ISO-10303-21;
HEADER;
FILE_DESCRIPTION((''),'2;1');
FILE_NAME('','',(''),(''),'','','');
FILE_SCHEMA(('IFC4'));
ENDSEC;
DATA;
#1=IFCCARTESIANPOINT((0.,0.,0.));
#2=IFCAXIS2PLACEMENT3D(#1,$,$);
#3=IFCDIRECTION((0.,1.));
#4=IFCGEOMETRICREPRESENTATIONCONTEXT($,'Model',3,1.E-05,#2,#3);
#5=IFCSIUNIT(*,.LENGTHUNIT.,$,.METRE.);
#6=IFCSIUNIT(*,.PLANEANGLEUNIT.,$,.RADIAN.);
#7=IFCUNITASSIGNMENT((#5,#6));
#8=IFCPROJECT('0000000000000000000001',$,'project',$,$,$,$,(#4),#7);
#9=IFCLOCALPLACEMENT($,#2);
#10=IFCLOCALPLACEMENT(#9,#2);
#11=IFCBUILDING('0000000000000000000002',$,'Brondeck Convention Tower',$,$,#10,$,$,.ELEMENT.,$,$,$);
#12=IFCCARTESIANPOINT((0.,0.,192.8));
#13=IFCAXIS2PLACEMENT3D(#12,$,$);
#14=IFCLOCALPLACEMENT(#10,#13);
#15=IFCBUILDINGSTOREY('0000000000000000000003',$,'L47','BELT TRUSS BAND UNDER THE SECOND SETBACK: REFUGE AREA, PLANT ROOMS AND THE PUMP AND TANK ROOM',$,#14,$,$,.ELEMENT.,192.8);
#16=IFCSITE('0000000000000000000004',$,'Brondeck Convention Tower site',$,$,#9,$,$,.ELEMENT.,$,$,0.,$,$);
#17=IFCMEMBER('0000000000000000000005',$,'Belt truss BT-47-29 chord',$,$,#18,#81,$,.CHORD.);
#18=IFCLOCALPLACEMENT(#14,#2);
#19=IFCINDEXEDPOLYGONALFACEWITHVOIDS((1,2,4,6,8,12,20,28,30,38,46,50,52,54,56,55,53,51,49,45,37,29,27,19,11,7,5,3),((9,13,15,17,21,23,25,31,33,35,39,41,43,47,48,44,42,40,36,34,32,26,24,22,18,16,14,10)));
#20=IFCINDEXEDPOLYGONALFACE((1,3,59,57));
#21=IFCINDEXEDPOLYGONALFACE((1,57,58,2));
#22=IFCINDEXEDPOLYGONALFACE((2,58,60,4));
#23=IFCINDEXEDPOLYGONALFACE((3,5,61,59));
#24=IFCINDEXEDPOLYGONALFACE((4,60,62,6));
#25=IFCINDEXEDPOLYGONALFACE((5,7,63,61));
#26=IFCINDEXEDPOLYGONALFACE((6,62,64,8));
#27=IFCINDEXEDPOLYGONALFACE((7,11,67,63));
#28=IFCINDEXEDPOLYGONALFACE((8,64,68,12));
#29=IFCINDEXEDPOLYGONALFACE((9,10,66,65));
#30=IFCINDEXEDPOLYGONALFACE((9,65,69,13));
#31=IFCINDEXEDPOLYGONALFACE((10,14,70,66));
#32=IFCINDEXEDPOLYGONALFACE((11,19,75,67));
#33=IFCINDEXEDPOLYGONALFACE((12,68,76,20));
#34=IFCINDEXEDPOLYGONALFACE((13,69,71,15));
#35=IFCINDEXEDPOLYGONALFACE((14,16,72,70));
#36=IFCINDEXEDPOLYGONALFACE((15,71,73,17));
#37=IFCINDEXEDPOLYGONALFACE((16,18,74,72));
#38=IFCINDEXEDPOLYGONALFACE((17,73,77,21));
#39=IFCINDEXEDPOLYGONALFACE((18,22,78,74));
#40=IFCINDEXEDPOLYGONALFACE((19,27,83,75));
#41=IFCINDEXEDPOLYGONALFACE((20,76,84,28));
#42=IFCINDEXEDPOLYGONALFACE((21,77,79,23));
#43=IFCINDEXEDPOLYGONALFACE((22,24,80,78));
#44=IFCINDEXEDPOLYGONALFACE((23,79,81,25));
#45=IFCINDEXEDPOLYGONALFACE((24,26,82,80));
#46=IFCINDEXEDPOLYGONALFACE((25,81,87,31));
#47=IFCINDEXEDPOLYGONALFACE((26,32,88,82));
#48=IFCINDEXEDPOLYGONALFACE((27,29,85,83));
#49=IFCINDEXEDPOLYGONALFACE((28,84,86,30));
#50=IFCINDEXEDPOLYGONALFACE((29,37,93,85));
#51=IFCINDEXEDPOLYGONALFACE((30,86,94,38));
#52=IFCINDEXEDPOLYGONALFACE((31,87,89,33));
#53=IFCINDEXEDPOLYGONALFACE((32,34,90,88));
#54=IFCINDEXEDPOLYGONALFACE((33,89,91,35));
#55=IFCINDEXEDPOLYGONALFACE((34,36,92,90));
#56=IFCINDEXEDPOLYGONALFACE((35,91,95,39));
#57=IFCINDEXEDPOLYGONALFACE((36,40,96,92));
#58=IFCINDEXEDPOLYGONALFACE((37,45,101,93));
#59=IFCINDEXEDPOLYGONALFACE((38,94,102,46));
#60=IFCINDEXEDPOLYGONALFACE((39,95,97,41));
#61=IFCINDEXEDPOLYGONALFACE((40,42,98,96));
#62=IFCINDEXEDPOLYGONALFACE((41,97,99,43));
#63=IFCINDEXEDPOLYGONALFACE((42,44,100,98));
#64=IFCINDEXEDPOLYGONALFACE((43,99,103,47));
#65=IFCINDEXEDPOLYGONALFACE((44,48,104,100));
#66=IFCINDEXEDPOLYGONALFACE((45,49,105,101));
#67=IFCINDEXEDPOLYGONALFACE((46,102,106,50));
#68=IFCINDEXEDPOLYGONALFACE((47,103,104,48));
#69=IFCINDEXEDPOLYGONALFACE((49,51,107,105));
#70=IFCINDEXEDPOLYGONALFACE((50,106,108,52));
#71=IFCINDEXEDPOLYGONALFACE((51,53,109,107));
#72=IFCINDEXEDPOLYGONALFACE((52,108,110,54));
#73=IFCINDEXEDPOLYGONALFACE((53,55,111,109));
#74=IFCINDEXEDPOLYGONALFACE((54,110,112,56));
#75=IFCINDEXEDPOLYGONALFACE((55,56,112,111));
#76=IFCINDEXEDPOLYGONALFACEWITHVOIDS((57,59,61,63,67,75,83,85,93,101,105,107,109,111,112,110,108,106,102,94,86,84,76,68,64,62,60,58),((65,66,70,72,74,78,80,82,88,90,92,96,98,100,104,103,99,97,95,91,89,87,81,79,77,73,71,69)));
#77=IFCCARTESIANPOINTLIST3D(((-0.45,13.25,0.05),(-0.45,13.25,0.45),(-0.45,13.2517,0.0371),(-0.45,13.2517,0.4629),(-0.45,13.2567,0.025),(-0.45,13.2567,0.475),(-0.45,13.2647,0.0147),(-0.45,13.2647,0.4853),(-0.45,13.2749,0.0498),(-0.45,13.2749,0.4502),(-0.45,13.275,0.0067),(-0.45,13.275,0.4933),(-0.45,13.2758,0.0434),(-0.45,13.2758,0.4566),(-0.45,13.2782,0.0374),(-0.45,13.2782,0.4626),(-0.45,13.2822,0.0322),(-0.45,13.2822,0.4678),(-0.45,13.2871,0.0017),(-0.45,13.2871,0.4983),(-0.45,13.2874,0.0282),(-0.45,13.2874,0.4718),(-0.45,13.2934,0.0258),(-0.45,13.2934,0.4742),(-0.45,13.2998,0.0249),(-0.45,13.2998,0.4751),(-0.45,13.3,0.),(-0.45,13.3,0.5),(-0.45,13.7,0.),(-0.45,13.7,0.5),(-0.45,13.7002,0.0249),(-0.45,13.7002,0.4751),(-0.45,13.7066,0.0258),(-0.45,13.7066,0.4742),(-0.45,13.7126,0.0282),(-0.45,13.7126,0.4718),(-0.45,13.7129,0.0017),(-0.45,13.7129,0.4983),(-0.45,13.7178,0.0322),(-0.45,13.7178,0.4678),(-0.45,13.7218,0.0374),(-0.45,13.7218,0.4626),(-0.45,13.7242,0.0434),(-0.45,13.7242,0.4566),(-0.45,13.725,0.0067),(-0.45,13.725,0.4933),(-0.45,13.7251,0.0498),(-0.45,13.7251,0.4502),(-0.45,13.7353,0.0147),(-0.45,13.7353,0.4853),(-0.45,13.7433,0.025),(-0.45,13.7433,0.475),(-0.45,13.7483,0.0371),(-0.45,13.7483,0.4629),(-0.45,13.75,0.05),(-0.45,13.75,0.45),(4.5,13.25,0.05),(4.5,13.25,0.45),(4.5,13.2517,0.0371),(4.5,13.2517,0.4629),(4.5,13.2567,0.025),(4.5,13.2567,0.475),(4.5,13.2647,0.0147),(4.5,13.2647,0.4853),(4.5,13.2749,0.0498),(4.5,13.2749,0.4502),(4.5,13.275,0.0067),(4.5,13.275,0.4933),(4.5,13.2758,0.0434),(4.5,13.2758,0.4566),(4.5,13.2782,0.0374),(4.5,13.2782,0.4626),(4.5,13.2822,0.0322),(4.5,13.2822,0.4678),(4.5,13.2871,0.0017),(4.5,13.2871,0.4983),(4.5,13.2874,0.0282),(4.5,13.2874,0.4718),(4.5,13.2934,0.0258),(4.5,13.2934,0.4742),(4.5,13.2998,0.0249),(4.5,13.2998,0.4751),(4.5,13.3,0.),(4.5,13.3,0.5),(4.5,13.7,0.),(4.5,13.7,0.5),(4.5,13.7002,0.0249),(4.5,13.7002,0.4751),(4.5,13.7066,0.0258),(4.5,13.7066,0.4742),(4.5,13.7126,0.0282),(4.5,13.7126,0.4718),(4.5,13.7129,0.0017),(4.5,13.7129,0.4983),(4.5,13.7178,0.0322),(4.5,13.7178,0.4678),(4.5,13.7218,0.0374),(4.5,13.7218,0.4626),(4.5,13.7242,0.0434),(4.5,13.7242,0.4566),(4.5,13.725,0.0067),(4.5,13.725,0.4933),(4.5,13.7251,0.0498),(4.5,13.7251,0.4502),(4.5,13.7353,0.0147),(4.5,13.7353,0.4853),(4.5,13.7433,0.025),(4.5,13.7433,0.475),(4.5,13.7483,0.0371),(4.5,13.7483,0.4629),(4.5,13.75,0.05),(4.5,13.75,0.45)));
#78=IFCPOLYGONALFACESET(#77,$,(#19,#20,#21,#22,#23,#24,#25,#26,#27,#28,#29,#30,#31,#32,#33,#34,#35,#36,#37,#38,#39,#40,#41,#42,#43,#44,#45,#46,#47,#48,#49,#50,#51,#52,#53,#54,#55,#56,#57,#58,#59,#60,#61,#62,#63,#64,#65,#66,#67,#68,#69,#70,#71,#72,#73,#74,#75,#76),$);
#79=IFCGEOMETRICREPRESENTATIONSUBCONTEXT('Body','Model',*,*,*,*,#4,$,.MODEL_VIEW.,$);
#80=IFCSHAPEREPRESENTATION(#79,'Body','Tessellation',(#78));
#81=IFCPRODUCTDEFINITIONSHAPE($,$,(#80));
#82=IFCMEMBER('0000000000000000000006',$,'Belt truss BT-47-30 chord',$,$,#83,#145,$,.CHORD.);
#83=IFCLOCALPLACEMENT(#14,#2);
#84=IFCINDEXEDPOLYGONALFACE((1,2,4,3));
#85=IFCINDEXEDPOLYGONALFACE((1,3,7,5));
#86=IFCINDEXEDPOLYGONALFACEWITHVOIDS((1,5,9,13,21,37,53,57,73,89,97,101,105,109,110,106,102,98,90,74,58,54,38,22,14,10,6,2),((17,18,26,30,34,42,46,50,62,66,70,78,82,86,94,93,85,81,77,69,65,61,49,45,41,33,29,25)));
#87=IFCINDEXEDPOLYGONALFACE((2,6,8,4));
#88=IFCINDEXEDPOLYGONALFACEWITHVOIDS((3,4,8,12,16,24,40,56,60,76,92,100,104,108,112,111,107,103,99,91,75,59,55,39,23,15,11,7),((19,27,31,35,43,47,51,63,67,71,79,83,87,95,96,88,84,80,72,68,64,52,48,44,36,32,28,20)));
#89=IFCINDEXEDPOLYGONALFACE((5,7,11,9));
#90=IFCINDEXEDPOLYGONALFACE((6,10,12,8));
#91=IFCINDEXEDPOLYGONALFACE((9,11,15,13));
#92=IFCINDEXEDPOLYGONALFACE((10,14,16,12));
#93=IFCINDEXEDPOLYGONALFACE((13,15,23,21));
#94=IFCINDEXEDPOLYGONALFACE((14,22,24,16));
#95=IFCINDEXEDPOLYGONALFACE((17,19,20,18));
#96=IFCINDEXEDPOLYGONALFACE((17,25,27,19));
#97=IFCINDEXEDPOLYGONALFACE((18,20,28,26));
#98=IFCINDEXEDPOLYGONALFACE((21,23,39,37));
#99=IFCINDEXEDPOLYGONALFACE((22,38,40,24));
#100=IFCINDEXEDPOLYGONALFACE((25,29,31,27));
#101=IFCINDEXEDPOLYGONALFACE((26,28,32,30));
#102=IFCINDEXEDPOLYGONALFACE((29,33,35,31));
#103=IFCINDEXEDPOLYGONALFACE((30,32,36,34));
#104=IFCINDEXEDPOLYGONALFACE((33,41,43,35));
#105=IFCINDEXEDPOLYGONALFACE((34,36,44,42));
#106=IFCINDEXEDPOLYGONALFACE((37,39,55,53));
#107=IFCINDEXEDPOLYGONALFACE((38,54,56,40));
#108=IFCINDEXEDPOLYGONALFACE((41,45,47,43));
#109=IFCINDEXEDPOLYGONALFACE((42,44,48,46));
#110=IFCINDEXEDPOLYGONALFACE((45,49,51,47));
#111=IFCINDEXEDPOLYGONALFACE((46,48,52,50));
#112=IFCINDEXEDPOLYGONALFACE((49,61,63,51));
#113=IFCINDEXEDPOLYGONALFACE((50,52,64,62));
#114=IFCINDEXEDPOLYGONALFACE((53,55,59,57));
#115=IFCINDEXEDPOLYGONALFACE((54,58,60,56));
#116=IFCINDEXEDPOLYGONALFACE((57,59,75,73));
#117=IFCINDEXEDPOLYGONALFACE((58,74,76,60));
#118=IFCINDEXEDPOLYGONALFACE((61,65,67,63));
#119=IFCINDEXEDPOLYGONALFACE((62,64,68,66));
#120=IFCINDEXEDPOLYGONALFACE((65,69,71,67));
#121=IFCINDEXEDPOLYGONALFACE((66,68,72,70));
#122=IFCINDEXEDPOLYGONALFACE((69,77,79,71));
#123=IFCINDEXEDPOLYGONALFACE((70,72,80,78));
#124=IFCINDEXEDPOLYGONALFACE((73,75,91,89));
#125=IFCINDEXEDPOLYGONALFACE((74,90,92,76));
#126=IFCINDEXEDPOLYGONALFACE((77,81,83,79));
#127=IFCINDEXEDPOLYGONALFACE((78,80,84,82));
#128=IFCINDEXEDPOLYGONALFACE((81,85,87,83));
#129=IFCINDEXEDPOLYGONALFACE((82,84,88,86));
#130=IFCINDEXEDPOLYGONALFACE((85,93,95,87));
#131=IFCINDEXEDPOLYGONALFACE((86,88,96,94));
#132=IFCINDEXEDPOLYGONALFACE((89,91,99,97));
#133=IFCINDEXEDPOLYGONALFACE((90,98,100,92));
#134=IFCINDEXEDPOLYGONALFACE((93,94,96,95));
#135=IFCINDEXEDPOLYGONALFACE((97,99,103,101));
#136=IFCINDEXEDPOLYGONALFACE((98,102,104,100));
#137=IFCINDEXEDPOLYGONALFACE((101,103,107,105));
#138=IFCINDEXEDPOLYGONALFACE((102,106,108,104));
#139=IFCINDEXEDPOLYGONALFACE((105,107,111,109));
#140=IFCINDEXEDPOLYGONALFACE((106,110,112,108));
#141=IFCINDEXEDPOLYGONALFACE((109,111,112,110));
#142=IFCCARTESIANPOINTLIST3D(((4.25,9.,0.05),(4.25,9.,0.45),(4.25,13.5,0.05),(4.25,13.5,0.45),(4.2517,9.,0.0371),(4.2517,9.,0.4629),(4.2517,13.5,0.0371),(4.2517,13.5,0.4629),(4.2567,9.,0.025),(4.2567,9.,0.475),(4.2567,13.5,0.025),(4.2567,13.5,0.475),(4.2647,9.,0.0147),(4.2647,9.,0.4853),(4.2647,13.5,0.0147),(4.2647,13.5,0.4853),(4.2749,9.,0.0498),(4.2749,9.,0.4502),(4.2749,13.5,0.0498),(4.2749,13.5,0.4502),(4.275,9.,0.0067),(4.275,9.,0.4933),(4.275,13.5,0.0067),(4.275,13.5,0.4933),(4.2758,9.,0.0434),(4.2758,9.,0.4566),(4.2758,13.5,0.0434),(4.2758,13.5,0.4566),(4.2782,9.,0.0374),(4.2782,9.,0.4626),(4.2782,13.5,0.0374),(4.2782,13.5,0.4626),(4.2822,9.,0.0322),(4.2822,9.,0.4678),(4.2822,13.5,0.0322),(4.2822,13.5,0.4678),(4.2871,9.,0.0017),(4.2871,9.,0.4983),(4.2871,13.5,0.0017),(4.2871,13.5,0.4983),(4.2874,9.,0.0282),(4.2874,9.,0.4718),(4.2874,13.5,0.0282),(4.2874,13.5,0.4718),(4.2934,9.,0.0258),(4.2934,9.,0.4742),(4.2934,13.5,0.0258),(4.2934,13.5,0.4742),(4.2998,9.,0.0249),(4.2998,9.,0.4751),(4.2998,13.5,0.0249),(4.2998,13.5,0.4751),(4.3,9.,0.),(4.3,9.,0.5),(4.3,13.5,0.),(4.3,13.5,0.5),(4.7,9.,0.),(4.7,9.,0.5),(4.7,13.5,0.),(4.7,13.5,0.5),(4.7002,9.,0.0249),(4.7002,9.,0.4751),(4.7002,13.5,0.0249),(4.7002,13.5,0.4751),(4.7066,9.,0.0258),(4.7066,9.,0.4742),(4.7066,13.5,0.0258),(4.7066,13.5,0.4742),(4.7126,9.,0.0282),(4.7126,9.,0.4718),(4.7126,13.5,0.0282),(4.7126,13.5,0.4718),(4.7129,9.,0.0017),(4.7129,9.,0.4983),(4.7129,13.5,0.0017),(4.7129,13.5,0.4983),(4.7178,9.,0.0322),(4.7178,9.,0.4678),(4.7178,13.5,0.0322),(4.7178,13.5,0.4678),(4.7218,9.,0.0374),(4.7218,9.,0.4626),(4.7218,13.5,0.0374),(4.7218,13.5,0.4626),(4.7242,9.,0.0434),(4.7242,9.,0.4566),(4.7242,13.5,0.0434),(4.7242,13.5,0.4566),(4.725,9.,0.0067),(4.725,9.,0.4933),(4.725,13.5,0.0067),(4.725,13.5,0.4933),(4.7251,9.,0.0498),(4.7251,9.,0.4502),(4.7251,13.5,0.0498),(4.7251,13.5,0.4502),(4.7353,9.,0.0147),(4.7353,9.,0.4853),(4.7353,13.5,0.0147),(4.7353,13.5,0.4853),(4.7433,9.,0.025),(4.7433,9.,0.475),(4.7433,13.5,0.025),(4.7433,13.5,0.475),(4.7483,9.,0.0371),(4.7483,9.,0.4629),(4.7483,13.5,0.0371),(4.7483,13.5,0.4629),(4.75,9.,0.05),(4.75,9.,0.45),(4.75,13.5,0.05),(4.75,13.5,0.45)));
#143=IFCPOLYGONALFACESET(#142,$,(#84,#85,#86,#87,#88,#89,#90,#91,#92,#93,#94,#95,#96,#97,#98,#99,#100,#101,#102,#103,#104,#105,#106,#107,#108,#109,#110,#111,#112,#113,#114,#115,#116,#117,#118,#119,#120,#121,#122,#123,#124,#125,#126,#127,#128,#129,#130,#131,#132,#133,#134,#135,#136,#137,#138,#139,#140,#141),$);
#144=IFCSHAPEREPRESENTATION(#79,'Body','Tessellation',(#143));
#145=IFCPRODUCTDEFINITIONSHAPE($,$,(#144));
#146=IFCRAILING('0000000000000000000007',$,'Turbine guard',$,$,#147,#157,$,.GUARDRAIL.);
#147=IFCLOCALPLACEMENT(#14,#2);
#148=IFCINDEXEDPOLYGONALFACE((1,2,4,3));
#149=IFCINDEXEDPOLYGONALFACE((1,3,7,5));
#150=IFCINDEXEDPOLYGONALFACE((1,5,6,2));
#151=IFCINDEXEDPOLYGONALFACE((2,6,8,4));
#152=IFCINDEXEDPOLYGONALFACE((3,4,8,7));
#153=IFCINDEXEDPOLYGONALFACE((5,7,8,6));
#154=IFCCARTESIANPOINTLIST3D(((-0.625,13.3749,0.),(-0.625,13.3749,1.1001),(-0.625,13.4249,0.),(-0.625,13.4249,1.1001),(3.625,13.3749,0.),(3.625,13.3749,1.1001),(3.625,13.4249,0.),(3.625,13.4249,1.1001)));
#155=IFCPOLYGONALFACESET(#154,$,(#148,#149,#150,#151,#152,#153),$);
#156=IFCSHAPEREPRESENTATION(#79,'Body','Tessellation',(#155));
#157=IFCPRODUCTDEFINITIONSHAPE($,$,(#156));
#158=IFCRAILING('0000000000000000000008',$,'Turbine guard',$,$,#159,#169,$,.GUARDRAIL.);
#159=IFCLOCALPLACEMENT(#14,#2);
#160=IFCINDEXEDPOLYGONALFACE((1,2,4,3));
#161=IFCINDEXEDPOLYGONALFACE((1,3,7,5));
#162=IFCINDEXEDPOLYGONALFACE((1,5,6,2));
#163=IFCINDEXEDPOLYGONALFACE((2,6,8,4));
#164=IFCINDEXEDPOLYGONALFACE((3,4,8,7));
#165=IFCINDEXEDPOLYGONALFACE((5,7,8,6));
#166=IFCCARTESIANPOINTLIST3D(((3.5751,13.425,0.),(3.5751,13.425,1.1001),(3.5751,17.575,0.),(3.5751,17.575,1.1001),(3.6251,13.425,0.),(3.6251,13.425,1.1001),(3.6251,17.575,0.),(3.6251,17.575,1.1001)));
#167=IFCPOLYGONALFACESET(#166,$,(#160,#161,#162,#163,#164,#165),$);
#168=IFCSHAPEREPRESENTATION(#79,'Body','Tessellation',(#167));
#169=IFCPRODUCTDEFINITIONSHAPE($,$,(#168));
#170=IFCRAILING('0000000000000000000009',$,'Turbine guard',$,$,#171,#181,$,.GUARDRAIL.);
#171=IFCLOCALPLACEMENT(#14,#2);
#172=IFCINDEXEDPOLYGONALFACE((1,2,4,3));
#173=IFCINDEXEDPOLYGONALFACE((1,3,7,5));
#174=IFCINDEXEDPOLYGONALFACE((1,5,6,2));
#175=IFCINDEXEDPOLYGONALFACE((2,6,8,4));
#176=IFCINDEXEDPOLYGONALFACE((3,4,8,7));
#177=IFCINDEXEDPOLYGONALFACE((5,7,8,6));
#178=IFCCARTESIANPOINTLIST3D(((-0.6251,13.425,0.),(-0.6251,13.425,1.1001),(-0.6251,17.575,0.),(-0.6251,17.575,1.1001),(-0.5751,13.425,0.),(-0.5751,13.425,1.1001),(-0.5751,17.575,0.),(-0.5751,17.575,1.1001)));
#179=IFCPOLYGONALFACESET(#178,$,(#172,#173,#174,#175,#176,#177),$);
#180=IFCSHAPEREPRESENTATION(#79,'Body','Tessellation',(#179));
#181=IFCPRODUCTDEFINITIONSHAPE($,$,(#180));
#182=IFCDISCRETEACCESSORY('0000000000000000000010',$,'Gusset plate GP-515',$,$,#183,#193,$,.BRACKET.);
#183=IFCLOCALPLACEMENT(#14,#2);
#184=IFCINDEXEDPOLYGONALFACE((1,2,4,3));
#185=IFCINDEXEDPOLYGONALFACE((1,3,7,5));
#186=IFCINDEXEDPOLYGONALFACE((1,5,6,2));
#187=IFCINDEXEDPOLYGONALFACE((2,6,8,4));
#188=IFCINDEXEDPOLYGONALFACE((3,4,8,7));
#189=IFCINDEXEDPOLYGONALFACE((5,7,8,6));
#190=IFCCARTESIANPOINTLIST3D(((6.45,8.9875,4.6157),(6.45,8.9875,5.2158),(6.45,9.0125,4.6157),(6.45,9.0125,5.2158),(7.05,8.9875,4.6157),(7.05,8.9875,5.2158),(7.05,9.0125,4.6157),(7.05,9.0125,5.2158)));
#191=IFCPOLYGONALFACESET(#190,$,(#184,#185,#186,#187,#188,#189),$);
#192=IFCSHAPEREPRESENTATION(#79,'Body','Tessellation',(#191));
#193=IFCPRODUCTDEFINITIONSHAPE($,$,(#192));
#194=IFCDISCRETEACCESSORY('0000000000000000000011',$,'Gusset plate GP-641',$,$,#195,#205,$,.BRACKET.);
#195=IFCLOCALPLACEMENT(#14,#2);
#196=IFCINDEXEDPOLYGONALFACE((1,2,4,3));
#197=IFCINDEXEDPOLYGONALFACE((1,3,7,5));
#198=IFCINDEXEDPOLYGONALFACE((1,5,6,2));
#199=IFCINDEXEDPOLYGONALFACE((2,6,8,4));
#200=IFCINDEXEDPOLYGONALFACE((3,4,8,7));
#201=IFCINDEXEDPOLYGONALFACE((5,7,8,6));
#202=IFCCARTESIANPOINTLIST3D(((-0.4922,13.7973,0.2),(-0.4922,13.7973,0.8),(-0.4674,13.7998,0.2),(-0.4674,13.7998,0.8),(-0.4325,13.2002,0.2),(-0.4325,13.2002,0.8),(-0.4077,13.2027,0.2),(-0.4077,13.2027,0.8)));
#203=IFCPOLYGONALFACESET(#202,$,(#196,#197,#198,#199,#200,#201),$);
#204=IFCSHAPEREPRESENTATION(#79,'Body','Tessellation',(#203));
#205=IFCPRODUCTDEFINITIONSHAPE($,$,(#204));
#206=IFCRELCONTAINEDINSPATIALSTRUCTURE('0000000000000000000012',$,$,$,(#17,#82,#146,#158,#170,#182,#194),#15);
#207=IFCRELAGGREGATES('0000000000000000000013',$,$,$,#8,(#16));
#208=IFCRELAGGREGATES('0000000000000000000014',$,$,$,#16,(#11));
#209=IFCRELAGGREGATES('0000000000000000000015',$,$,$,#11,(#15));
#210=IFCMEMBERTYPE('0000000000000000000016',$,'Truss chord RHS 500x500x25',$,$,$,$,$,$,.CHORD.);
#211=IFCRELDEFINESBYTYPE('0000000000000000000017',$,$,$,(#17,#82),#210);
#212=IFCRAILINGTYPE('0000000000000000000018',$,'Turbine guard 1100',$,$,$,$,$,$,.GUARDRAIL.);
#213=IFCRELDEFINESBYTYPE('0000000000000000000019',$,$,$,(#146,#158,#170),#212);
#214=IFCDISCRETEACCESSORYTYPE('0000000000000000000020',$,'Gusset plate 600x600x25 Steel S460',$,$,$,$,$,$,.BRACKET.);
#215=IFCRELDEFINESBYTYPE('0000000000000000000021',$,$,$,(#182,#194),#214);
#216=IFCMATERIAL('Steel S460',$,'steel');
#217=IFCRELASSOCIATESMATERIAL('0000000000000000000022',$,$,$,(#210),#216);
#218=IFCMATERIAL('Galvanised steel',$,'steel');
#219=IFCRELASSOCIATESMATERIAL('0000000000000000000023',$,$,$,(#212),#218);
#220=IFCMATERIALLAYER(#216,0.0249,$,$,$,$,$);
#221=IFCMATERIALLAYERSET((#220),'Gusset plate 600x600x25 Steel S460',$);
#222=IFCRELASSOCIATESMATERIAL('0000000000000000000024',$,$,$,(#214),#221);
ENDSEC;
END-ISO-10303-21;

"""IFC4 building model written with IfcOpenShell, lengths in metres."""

from ifc_helpers import new_model, si_unit, direction, frame, origin, origin_2d, place, context, subcontext, project, spatial, rectangle, hollow_rectangle, extrude, material, layer, layer_set, material_profile, profile_set, type_object, element, save


model = new_model("IFC4")

# Units and contexts
model_context = context("Model", 3, precision=1e-05, world=origin(), true_north=direction((0.0, 1.0)))
body_context = subcontext(model_context, "Body", "Model", "MODEL_VIEW")
ifc_project = project(units=[si_unit("LENGTHUNIT", "METRE"), si_unit("PLANEANGLEUNIT", "RADIAN")], contexts=[model_context])

# Site, building, storey
site_placement = place(None, origin())
site = spatial("IfcSite", under=ifc_project, at=site_placement, Name="Brondeck Convention Tower site", CompositionType="ELEMENT", RefElevation=0.0)
building_placement = place(site_placement, origin())
building = spatial("IfcBuilding", under=site, at=building_placement, Name="Brondeck Convention Tower", CompositionType="ELEMENT")
storey_placement = place(building_placement, frame((0.0, 0.0, 192.8)))
storey = spatial("IfcBuildingStorey", under=building, at=storey_placement, Name="L47", Description="BELT TRUSS BAND UNDER THE SECOND SETBACK: REFUGE AREA, PLANT ROOMS AND THE PUMP AND TANK ROOM", CompositionType="ELEMENT", Elevation=192.8)

# Shared definitions
ifc_material_1 = material(Name="Steel S460", Category="steel")

# Members
ifc_material_profile_1 = material_profile(ifc_material_1, hollow_rectangle(XDim=0.5, YDim=0.5, WallThickness=0.0249, InnerFilletRadius=0.0249, OuterFilletRadius=0.05, at=origin_2d()), Name="RHS 500x500x25")
ifc_profile_set_1 = profile_set([ifc_material_profile_1], Name="Steel S460")
member_type_1 = type_object("IfcMemberType", Name="Truss chord RHS 500x500x25", PredefinedType="CHORD", material=ifc_profile_set_1)
member_1_placement = place(storey_placement, frame((-0.45, 13.5, 0.25), z_axis=(1.0, 0.0, 0.0), x_axis=(0.0, 1.0, 0.0)))
element("IfcMember", 1, at=member_1_placement, inside=storey, type_object=member_type_1, Name="Belt truss BT-47-29 chord", PredefinedType="CHORD", context=body_context, shape_type="SweptSolid", body=[
    extrude(hollow_rectangle(XDim=0.5, YDim=0.5, WallThickness=0.0249, InnerFilletRadius=0.0249, OuterFilletRadius=0.05, at=origin_2d()), origin(), (0.0, 0.0, 1.0), 4.95),
])
member_2_placement = place(storey_placement, frame((4.5, 13.5, 0.25), z_axis=(0.0, -1.0, 0.0), x_axis=(1.0, 0.0, 0.0)))
element("IfcMember", 2, at=member_2_placement, inside=storey, type_object=member_type_1, Name="Belt truss BT-47-30 chord", PredefinedType="CHORD", context=body_context, shape_type="SweptSolid", body=[
    extrude(hollow_rectangle(XDim=0.5, YDim=0.5, WallThickness=0.0249, InnerFilletRadius=0.0249, OuterFilletRadius=0.05, at=origin_2d()), origin(), (0.0, 0.0, 1.0), 4.5),
])

# Railings
ifc_material_2 = material(Name="Galvanised steel", Category="steel")
railing_type = type_object("IfcRailingType", Name="Turbine guard 1100", PredefinedType="GUARDRAIL", material=ifc_material_2)
railing_placement = place(storey_placement, frame((1.5, 13.3999, 0.0), z_axis=(0.0, 0.0, 1.0), x_axis=(1.0, 0.0, 0.0)))
element("IfcRailing", 3, at=railing_placement, inside=storey, type_object=railing_type, Name="Turbine guard", PredefinedType="GUARDRAIL", context=body_context, shape_type="SweptSolid", body=[
    extrude(rectangle(XDim=4.25, YDim=0.05, at=origin_2d()), origin(), (0.0, 0.0, 1.0), 1.1001),
])
for number, where, z_axis, x_axis, name in (
    (4, (3.6001, 15.5, 0.0), (0.0, 0.0, 1.0), (1.0, 0.0, 0.0), "Turbine guard"),
    (5, (-0.6001, 15.5, 0.0), (0.0, 0.0, 1.0), (1.0, 0.0, 0.0), "Turbine guard"),
):
    element("IfcRailing", number, at=place(storey_placement, frame(where, z_axis=z_axis, x_axis=x_axis)), inside=storey, type_object=railing_type, Name=name, PredefinedType="GUARDRAIL", context=body_context, shape_type="SweptSolid", body=[
        extrude(rectangle(XDim=0.05, YDim=4.1499, at=origin_2d()), origin(), (0.0, 0.0, 1.0), 1.1001),
    ])

# Discrete accessories
ifc_layer = layer(ifc_material_1, 0.0249)
ifc_layer_set = layer_set([ifc_layer], Name="Gusset plate 600x600x25 Steel S460")
discrete_accessory_type = type_object("IfcDiscreteAccessoryType", Name="Gusset plate 600x600x25 Steel S460", PredefinedType="BRACKET", material=ifc_layer_set)
for number, where, z_axis, x_axis, name in (
    (6, (6.75, 9.0, 4.6157), (0.0, 0.0, 1.0), (1.0, 0.0, 0.0), "Gusset plate GP-515"),
    (7, (-0.45, 13.5, 0.2), (0.0, 0.0, 1.0), (-0.099511, 0.995036, 0.0), "Gusset plate GP-641"),
):
    element("IfcDiscreteAccessory", number, at=place(storey_placement, frame(where, z_axis=z_axis, x_axis=x_axis)), inside=storey, type_object=discrete_accessory_type, Name=name, PredefinedType="BRACKET", context=body_context, shape_type="SweptSolid", body=[
        extrude(rectangle(XDim=0.6001, YDim=0.0249, at=origin_2d()), origin(), (0.0, 0.0, 1.0), 0.6001),
    ])

save(model, "model.ifc")
